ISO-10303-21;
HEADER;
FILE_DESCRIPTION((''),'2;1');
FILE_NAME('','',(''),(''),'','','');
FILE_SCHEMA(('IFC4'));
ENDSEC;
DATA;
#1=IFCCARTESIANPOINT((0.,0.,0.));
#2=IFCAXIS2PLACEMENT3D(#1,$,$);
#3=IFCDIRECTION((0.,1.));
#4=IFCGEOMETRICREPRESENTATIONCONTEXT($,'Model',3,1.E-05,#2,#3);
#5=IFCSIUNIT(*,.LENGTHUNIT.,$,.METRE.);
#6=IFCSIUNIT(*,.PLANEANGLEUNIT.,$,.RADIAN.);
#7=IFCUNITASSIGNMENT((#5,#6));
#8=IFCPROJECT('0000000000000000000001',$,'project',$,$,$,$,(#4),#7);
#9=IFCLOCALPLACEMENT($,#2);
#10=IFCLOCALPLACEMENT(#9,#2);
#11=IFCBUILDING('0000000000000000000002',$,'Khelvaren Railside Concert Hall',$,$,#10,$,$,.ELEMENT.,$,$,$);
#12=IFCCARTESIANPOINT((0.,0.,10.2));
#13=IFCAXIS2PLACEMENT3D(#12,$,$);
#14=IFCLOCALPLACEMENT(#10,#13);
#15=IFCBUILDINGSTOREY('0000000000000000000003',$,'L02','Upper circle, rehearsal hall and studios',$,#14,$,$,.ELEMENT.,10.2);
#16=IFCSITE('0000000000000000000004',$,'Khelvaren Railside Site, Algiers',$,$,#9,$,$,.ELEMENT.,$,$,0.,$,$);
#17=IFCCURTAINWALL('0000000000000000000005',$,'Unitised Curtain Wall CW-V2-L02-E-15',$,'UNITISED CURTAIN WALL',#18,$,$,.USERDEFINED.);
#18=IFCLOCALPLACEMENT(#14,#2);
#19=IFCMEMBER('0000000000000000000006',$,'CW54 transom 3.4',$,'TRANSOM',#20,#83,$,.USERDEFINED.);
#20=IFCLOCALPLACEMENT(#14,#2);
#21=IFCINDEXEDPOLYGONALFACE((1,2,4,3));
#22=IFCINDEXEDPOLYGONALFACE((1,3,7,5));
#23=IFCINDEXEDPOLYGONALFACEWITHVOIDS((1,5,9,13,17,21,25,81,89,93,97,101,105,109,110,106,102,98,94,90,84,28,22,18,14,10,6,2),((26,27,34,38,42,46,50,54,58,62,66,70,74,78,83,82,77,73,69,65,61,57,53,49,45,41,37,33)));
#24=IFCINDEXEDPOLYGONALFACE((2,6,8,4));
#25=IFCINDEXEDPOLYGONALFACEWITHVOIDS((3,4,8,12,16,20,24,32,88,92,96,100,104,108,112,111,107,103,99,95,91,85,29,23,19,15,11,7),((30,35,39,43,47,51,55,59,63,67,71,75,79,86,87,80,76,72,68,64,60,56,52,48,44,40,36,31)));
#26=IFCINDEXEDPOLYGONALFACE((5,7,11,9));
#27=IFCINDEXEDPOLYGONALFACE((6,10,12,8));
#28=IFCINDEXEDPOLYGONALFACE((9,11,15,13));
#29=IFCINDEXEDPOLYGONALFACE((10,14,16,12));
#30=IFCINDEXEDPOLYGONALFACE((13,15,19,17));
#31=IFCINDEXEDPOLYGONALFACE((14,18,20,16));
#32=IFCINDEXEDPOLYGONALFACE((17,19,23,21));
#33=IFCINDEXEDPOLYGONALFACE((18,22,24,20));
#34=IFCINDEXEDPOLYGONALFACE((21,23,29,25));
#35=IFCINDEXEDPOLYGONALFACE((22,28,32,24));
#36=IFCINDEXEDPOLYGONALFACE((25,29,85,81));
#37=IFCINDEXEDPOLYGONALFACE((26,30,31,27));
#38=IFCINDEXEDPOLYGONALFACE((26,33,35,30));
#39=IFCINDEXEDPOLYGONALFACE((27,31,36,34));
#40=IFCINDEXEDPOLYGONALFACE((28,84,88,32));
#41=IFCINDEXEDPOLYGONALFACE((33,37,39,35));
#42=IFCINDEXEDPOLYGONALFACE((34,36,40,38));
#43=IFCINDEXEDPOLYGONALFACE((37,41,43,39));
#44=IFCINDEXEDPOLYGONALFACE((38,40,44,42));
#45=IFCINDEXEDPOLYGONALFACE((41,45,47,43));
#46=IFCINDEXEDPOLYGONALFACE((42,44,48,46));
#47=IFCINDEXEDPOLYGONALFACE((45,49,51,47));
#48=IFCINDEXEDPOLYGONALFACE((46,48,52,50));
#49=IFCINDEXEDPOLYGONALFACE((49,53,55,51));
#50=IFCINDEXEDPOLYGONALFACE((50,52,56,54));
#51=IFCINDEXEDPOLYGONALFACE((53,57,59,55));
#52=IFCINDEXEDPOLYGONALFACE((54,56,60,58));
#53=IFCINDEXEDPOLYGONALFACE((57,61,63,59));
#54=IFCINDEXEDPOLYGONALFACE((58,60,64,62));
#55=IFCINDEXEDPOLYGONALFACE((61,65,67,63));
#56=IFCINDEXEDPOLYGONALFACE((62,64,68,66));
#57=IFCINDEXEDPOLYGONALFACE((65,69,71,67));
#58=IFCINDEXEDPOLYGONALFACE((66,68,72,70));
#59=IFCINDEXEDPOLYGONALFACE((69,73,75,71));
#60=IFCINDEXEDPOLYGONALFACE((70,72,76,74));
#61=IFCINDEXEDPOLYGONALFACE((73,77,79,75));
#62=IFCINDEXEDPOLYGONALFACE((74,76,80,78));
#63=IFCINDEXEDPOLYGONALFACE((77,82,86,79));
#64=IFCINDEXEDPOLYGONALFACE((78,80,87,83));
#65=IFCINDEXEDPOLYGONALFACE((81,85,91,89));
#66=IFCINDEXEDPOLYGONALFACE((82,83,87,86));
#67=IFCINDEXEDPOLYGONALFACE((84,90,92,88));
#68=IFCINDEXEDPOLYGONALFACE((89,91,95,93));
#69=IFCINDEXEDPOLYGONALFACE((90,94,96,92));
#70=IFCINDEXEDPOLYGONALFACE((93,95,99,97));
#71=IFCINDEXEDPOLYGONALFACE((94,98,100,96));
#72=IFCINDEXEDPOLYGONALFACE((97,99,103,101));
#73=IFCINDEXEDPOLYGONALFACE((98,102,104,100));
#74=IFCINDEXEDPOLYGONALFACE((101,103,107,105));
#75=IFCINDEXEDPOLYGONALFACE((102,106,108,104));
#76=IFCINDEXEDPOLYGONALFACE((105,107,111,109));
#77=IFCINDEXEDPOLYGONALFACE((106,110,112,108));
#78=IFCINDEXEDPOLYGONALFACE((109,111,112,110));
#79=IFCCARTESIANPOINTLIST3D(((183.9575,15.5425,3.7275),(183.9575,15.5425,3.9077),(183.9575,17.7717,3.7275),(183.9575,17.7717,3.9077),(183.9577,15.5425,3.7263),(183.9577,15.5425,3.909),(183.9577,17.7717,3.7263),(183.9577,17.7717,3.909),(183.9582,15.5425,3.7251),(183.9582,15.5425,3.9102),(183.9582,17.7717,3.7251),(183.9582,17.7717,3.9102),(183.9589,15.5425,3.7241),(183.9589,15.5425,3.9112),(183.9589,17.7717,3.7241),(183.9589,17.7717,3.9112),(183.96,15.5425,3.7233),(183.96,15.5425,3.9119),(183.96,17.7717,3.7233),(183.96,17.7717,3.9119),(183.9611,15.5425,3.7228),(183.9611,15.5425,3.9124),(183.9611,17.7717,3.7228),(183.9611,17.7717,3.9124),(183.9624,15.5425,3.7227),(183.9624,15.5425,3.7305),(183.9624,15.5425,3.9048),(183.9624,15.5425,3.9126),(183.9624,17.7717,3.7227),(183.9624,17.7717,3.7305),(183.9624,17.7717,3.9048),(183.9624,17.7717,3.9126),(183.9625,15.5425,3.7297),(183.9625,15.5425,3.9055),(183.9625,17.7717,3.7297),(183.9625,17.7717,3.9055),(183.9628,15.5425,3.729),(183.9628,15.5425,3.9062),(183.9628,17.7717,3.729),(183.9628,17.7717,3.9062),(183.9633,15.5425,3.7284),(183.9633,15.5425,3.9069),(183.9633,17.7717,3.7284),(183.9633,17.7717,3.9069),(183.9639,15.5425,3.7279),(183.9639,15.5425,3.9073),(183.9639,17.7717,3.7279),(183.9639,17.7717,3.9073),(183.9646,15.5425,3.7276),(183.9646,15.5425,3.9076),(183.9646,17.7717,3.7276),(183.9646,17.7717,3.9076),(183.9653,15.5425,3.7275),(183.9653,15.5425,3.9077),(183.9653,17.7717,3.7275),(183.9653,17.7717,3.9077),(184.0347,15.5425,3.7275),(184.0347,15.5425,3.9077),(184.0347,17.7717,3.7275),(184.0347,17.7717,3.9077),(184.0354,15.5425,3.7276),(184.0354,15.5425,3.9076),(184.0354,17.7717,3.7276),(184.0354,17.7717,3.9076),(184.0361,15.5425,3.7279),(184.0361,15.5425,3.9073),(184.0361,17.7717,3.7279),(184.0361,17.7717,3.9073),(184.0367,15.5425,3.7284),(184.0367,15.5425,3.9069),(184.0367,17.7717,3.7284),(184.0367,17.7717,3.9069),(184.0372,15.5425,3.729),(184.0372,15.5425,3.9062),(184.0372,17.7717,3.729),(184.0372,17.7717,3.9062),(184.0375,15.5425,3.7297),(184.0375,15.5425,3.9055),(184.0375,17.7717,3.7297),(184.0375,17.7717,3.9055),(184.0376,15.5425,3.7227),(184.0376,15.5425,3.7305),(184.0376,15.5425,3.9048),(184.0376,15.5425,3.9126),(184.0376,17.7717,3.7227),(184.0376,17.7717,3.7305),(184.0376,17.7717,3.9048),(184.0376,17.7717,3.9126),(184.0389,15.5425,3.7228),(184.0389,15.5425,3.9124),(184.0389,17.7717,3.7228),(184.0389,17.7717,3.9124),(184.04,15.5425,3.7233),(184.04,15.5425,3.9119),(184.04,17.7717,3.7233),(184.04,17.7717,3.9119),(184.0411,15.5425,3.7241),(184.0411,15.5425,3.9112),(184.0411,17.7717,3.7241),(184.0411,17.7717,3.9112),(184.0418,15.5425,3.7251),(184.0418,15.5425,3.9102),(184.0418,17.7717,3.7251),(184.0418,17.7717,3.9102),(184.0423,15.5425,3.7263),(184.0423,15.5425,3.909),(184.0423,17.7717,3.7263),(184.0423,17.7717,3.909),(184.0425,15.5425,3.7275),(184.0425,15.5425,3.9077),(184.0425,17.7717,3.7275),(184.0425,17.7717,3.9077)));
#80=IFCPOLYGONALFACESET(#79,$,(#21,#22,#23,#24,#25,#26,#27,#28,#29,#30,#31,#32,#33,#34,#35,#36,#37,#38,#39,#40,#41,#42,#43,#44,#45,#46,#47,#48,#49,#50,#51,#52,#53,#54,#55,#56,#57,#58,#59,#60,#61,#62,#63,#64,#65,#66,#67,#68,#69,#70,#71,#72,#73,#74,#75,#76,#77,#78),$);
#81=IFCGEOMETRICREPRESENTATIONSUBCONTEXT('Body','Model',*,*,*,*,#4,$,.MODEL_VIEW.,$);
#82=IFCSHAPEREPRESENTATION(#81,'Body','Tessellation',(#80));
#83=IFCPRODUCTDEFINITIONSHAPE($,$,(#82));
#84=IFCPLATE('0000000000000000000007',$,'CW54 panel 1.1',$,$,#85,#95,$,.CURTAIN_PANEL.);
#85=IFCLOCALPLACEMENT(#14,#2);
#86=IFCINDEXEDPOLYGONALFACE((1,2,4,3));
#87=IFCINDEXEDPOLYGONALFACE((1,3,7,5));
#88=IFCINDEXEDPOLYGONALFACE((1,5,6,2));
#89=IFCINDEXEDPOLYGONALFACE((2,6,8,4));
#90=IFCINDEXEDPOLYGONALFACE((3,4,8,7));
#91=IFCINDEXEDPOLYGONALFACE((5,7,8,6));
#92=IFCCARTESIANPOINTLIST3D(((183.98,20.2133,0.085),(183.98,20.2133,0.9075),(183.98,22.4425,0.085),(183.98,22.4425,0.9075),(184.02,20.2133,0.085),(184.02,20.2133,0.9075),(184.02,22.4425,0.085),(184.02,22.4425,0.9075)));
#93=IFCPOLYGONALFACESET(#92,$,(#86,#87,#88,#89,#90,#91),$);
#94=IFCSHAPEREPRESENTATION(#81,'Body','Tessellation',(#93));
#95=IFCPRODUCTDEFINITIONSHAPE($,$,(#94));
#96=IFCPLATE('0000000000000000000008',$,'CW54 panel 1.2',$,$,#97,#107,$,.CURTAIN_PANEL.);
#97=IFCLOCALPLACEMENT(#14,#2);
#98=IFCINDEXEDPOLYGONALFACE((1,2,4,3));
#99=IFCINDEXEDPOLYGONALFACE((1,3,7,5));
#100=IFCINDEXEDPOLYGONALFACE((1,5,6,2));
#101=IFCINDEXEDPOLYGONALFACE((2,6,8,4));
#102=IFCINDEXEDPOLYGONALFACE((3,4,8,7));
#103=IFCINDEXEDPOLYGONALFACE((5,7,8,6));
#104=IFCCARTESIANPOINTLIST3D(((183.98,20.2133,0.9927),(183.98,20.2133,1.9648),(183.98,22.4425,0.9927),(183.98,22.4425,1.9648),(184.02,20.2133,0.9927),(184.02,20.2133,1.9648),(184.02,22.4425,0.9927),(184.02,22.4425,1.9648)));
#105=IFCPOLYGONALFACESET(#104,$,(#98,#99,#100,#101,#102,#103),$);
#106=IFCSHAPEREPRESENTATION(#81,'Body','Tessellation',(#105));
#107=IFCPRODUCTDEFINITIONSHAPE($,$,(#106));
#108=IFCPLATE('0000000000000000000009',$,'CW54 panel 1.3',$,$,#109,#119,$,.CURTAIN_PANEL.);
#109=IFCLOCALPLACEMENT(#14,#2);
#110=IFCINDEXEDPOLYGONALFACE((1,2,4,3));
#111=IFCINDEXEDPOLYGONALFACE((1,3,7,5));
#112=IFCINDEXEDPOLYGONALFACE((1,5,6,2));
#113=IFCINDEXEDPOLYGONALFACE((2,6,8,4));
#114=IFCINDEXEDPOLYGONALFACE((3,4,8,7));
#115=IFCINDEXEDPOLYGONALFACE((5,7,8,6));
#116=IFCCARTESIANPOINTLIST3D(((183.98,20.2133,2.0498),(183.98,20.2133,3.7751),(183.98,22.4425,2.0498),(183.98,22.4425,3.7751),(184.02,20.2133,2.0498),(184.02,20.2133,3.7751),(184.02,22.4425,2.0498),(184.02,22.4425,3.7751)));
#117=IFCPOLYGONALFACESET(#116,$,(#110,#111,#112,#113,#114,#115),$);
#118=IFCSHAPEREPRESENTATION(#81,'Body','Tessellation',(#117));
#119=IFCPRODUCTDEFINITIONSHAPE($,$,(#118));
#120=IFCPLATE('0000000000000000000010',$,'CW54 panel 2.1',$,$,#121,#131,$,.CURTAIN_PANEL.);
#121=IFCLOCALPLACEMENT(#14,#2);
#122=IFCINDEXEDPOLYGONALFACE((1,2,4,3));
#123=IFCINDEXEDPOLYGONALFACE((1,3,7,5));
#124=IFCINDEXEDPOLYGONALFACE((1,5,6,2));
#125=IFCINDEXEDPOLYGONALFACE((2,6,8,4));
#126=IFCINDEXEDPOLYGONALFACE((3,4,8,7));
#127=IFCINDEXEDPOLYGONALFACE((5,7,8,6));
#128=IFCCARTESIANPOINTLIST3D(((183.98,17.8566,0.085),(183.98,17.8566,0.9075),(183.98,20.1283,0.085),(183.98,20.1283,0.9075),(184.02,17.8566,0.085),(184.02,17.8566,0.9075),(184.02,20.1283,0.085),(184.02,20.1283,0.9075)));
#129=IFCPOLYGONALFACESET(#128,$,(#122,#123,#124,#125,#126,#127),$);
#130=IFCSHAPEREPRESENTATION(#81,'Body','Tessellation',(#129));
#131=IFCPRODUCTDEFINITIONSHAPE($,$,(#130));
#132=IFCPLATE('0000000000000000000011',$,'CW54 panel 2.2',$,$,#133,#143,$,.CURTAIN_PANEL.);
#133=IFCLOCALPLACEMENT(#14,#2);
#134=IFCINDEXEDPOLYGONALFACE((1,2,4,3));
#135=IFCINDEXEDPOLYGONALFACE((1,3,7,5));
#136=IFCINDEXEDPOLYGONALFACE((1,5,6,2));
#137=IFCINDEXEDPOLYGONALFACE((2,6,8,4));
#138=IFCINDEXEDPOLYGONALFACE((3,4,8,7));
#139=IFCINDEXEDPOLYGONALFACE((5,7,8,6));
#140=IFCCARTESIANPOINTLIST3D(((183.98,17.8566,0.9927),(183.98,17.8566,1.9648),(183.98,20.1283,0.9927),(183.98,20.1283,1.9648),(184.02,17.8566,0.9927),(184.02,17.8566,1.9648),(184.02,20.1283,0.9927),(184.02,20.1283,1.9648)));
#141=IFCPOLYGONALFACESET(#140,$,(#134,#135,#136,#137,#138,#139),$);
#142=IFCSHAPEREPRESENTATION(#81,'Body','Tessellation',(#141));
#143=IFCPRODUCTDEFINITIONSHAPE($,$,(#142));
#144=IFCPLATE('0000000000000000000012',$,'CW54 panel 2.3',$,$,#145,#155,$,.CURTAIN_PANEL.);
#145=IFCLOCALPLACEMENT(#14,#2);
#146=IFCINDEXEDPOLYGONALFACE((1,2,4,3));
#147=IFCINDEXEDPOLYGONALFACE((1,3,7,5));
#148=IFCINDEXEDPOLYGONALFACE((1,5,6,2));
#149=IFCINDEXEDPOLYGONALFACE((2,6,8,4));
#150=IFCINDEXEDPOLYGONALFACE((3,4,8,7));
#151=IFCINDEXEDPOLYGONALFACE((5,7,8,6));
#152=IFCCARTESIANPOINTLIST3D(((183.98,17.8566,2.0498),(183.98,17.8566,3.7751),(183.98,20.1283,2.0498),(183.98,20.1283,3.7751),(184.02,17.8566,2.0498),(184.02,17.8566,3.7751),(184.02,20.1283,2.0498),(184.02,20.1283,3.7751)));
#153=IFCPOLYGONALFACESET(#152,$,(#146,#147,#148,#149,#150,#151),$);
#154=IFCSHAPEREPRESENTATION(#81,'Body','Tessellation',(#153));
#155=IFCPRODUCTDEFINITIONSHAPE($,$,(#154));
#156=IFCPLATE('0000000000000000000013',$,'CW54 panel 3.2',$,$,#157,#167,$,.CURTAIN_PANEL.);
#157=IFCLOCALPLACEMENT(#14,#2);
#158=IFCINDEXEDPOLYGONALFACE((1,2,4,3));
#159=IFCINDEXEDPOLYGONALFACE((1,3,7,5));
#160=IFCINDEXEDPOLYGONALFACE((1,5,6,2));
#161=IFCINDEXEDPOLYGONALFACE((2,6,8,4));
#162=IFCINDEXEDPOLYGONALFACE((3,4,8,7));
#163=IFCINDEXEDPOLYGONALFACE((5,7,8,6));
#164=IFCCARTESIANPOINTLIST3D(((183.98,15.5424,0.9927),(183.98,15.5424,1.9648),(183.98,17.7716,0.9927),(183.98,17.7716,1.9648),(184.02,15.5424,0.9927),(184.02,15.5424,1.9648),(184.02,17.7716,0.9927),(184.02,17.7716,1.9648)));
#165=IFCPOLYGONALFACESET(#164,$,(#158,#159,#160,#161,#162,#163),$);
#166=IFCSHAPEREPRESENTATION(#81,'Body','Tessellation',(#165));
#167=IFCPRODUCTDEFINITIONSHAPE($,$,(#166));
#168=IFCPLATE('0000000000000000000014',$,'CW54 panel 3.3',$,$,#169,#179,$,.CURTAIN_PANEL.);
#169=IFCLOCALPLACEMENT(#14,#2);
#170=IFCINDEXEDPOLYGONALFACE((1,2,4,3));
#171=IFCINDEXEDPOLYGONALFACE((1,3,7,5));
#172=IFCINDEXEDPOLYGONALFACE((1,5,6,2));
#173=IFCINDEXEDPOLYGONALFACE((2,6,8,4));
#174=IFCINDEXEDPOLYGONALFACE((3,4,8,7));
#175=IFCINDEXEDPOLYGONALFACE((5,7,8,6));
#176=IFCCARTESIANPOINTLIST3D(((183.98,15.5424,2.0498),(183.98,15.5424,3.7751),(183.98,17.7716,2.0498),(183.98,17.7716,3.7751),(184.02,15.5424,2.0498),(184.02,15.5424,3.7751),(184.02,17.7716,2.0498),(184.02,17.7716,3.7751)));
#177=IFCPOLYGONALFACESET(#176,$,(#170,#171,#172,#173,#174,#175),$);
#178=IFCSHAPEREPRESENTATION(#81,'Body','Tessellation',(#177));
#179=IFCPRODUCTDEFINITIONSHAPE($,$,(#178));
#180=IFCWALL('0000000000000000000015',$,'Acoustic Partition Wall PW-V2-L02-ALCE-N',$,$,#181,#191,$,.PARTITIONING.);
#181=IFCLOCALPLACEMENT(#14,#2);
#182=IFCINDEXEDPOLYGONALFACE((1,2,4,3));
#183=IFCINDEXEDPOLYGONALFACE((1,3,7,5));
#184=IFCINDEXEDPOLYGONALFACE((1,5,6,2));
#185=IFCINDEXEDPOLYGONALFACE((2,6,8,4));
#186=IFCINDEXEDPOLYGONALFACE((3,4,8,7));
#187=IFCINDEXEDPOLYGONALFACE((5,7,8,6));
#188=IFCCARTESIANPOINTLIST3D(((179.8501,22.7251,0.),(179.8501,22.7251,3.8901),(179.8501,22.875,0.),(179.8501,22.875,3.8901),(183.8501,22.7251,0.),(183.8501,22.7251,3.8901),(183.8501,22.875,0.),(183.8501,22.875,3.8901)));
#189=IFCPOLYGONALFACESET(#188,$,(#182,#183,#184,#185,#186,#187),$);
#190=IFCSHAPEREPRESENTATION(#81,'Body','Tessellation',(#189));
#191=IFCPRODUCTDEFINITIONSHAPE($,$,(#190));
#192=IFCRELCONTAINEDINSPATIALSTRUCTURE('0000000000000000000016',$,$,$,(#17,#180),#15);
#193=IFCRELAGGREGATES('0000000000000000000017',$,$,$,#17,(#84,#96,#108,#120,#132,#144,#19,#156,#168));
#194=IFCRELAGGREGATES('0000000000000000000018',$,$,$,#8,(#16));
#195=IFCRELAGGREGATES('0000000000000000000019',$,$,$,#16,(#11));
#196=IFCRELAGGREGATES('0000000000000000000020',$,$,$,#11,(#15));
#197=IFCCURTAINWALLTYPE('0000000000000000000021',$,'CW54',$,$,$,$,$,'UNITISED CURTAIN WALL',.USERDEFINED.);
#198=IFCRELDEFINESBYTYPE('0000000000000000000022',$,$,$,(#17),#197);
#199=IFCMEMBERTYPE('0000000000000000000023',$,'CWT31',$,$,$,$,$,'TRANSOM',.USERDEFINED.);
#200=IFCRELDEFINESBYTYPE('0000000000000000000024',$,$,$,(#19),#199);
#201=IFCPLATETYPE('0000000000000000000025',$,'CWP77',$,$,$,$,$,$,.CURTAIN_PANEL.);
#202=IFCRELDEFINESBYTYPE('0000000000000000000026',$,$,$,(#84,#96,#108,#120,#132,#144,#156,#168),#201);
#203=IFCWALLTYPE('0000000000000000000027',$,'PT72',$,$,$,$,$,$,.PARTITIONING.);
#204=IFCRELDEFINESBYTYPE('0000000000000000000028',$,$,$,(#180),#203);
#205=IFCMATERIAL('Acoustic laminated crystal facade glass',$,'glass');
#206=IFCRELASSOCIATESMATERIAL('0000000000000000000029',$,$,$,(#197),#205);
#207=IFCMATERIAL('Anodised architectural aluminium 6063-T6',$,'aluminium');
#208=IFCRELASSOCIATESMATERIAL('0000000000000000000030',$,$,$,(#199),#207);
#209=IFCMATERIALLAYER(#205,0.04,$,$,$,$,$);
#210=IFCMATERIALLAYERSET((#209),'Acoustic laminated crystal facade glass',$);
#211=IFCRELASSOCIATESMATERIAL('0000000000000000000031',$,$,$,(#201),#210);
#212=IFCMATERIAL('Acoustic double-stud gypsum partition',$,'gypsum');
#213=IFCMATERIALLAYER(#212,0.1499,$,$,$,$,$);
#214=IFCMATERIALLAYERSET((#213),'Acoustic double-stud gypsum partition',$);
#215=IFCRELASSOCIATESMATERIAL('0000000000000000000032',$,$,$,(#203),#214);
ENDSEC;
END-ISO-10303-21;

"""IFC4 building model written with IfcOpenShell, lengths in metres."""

from ifc_helpers import new_model, si_unit, direction, frame, frame_2d, origin, origin_2d, place, context, subcontext, project, spatial, rectangle, hollow_rectangle, extrude, material, layer, layer_set, material_profile, profile_set, type_object, element, aggregate, save


model = new_model("IFC4")

# Units and contexts
model_context = context("Model", 3, precision=1e-05, world=origin(), true_north=direction((0.0, 1.0)))
body_context = subcontext(model_context, "Body", "Model", "MODEL_VIEW")
ifc_project = project(units=[si_unit("LENGTHUNIT", "METRE"), si_unit("PLANEANGLEUNIT", "RADIAN")], contexts=[model_context])

# Site, building, storey
site_placement = place(None, origin())
site = spatial("IfcSite", under=ifc_project, at=site_placement, Name="Khelvaren Railside Site, Algiers", CompositionType="ELEMENT", RefElevation=0.0)
building_placement = place(site_placement, origin())
building = spatial("IfcBuilding", under=site, at=building_placement, Name="Khelvaren Railside Concert Hall", CompositionType="ELEMENT")
storey_placement = place(building_placement, frame((0.0, 0.0, 10.2)))
storey = spatial("IfcBuildingStorey", under=building, at=storey_placement, Name="L02", Description="Upper circle, rehearsal hall and studios", CompositionType="ELEMENT", Elevation=10.2)

# Curtain wall, member, plates
ifc_material_1 = material(Name="Acoustic laminated crystal facade glass", Category="glass")
curtain_wall_type = type_object("IfcCurtainWallType", Name="CW54", ElementType="UNITISED CURTAIN WALL", PredefinedType="USERDEFINED", material=ifc_material_1)
curtain_wall_placement = place(storey_placement, origin())
curtain_wall = element("IfcCurtainWall", 1, at=curtain_wall_placement, inside=storey, type_object=curtain_wall_type, Name="Unitised Curtain Wall CW-V2-L02-E-15", ObjectType="UNITISED CURTAIN WALL", PredefinedType="USERDEFINED")
ifc_material_2 = material(Name="Anodised architectural aluminium 6063-T6", Category="aluminium")
ifc_material_profile_1 = material_profile(ifc_material_2, hollow_rectangle(XDim=0.085, YDim=0.1899, WallThickness=0.0049, InnerFilletRadius=0.0029, OuterFilletRadius=0.0049, at=origin_2d()), Name="CWT 85x190x5")
ifc_profile_set_1 = profile_set([ifc_material_profile_1], Name="Anodised architectural aluminium 6063-T6")
member_type_1 = type_object("IfcMemberType", Name="CWT31", ElementType="TRANSOM", PredefinedType="USERDEFINED", material=ifc_profile_set_1)
member_1_placement = place(storey_placement, frame((184.0, 17.7717, 3.8176), z_axis=(0.0, -1.0, 0.0), x_axis=(1.0, 0.0, 0.0)))
member_1 = element("IfcMember", 2, at=member_1_placement, type_object=member_type_1, Name="CW54 transom 3.4", ObjectType="TRANSOM", PredefinedType="USERDEFINED", context=body_context, shape_type="SweptSolid", body=[
    extrude(hollow_rectangle(XDim=0.085, YDim=0.1899, WallThickness=0.0049, InnerFilletRadius=0.0029, OuterFilletRadius=0.0049, at=origin_2d()), origin(), (0.0, 0.0, 1.0), 2.2292),
])
ifc_layer_1 = layer(ifc_material_1, 0.04)
ifc_layer_set_1 = layer_set([ifc_layer_1], Name="Acoustic laminated crystal facade glass")
plate_type = type_object("IfcPlateType", Name="CWP77", PredefinedType="CURTAIN_PANEL", material=ifc_layer_set_1)
plate_1_placement = place(storey_placement, frame((184.0, 21.3279, 0.085), z_axis=(0.0, 0.0, 1.0), x_axis=(0.0, -1.0, 0.0)))
plate_1 = element("IfcPlate", 3, at=plate_1_placement, type_object=plate_type, Name="CW54 panel 1.1", PredefinedType="CURTAIN_PANEL", context=body_context, shape_type="SweptSolid", body=[
    extrude(rectangle(XDim=2.2292, YDim=0.04, at=origin_2d()), origin(), (0.0, 0.0, 1.0), 0.8225),
])
plate_2_placement = place(storey_placement, frame((184.0, 21.3279, 0.9927), z_axis=(0.0, 0.0, 1.0), x_axis=(0.0, -1.0, 0.0)))
plate_2 = element("IfcPlate", 4, at=plate_2_placement, type_object=plate_type, Name="CW54 panel 1.2", PredefinedType="CURTAIN_PANEL", context=body_context, shape_type="SweptSolid", body=[
    extrude(rectangle(XDim=2.2292, YDim=0.04, at=origin_2d()), origin(), (0.0, 0.0, 1.0), 0.9722),
])
plate_3_placement = place(storey_placement, frame((184.0, 21.3279, 2.0498), z_axis=(0.0, 0.0, 1.0), x_axis=(0.0, -1.0, 0.0)))
plate_3 = element("IfcPlate", 5, at=plate_3_placement, type_object=plate_type, Name="CW54 panel 1.3", PredefinedType="CURTAIN_PANEL", context=body_context, shape_type="SweptSolid", body=[
    extrude(rectangle(XDim=2.2292, YDim=0.04, at=origin_2d()), origin(), (0.0, 0.0, 1.0), 1.7253),
])
plate_4_placement = place(storey_placement, frame((184.0, 18.9924, 0.085), z_axis=(0.0, 0.0, 1.0), x_axis=(0.0, -1.0, 0.0)))
plate_4 = element("IfcPlate", 6, at=plate_4_placement, type_object=plate_type, Name="CW54 panel 2.1", PredefinedType="CURTAIN_PANEL", context=body_context, shape_type="SweptSolid", body=[
    extrude(rectangle(XDim=2.2717, YDim=0.04, at=origin_2d()), origin(), (0.0, 0.0, 1.0), 0.8225),
])
plate_5_placement = place(storey_placement, frame((184.0, 18.9924, 0.9927), z_axis=(0.0, 0.0, 1.0), x_axis=(0.0, -1.0, 0.0)))
plate_5 = element("IfcPlate", 7, at=plate_5_placement, type_object=plate_type, Name="CW54 panel 2.2", PredefinedType="CURTAIN_PANEL", context=body_context, shape_type="SweptSolid", body=[
    extrude(rectangle(XDim=2.2717, YDim=0.04, at=origin_2d()), origin(), (0.0, 0.0, 1.0), 0.9722),
])
plate_6_placement = place(storey_placement, frame((184.0, 18.9924, 2.0498), z_axis=(0.0, 0.0, 1.0), x_axis=(0.0, -1.0, 0.0)))
plate_6 = element("IfcPlate", 8, at=plate_6_placement, type_object=plate_type, Name="CW54 panel 2.3", PredefinedType="CURTAIN_PANEL", context=body_context, shape_type="SweptSolid", body=[
    extrude(rectangle(XDim=2.2717, YDim=0.04, at=origin_2d()), origin(), (0.0, 0.0, 1.0), 1.7253),
])
plate_7_placement = place(storey_placement, frame((184.0, 16.657, 0.9927), z_axis=(0.0, 0.0, 1.0), x_axis=(0.0, -1.0, 0.0)))
plate_7 = element("IfcPlate", 9, at=plate_7_placement, type_object=plate_type, Name="CW54 panel 3.2", PredefinedType="CURTAIN_PANEL", context=body_context, shape_type="SweptSolid", body=[
    extrude(rectangle(XDim=2.2292, YDim=0.04, at=origin_2d()), origin(), (0.0, 0.0, 1.0), 0.9722),
])
plate_8_placement = place(storey_placement, frame((184.0, 16.657, 2.0498), z_axis=(0.0, 0.0, 1.0), x_axis=(0.0, -1.0, 0.0)))
plate_8 = element("IfcPlate", 10, at=plate_8_placement, type_object=plate_type, Name="CW54 panel 3.3", PredefinedType="CURTAIN_PANEL", context=body_context, shape_type="SweptSolid", body=[
    extrude(rectangle(XDim=2.2292, YDim=0.04, at=origin_2d()), origin(), (0.0, 0.0, 1.0), 1.7253),
])
aggregate(curtain_wall, [plate_1, plate_2, plate_3, plate_4, plate_5, plate_6, member_1, plate_7, plate_8])

# Wall
ifc_material_3 = material(Name="Acoustic double-stud gypsum partition", Category="gypsum")
ifc_layer_2 = layer(ifc_material_3, 0.1499)
ifc_layer_set_2 = layer_set([ifc_layer_2], Name="Acoustic double-stud gypsum partition")
wall_type = type_object("IfcWallType", Name="PT72", PredefinedType="PARTITIONING", material=ifc_layer_set_2)
wall_placement = place(storey_placement, frame((179.8501, 22.8, 0.0), z_axis=(0.0, 0.0, 1.0), x_axis=(1.0, 0.0, 0.0)))
element("IfcWall", 11, at=wall_placement, inside=storey, type_object=wall_type, Name="Acoustic Partition Wall PW-V2-L02-ALCE-N", PredefinedType="PARTITIONING", context=body_context, shape_type="SweptSolid", body=[
    extrude(rectangle(XDim=4.0, YDim=0.1499, at=frame_2d((2.0, 0.0))), origin(), (0.0, 0.0, 1.0), 3.8901),
])

save(model, "model.ifc")
